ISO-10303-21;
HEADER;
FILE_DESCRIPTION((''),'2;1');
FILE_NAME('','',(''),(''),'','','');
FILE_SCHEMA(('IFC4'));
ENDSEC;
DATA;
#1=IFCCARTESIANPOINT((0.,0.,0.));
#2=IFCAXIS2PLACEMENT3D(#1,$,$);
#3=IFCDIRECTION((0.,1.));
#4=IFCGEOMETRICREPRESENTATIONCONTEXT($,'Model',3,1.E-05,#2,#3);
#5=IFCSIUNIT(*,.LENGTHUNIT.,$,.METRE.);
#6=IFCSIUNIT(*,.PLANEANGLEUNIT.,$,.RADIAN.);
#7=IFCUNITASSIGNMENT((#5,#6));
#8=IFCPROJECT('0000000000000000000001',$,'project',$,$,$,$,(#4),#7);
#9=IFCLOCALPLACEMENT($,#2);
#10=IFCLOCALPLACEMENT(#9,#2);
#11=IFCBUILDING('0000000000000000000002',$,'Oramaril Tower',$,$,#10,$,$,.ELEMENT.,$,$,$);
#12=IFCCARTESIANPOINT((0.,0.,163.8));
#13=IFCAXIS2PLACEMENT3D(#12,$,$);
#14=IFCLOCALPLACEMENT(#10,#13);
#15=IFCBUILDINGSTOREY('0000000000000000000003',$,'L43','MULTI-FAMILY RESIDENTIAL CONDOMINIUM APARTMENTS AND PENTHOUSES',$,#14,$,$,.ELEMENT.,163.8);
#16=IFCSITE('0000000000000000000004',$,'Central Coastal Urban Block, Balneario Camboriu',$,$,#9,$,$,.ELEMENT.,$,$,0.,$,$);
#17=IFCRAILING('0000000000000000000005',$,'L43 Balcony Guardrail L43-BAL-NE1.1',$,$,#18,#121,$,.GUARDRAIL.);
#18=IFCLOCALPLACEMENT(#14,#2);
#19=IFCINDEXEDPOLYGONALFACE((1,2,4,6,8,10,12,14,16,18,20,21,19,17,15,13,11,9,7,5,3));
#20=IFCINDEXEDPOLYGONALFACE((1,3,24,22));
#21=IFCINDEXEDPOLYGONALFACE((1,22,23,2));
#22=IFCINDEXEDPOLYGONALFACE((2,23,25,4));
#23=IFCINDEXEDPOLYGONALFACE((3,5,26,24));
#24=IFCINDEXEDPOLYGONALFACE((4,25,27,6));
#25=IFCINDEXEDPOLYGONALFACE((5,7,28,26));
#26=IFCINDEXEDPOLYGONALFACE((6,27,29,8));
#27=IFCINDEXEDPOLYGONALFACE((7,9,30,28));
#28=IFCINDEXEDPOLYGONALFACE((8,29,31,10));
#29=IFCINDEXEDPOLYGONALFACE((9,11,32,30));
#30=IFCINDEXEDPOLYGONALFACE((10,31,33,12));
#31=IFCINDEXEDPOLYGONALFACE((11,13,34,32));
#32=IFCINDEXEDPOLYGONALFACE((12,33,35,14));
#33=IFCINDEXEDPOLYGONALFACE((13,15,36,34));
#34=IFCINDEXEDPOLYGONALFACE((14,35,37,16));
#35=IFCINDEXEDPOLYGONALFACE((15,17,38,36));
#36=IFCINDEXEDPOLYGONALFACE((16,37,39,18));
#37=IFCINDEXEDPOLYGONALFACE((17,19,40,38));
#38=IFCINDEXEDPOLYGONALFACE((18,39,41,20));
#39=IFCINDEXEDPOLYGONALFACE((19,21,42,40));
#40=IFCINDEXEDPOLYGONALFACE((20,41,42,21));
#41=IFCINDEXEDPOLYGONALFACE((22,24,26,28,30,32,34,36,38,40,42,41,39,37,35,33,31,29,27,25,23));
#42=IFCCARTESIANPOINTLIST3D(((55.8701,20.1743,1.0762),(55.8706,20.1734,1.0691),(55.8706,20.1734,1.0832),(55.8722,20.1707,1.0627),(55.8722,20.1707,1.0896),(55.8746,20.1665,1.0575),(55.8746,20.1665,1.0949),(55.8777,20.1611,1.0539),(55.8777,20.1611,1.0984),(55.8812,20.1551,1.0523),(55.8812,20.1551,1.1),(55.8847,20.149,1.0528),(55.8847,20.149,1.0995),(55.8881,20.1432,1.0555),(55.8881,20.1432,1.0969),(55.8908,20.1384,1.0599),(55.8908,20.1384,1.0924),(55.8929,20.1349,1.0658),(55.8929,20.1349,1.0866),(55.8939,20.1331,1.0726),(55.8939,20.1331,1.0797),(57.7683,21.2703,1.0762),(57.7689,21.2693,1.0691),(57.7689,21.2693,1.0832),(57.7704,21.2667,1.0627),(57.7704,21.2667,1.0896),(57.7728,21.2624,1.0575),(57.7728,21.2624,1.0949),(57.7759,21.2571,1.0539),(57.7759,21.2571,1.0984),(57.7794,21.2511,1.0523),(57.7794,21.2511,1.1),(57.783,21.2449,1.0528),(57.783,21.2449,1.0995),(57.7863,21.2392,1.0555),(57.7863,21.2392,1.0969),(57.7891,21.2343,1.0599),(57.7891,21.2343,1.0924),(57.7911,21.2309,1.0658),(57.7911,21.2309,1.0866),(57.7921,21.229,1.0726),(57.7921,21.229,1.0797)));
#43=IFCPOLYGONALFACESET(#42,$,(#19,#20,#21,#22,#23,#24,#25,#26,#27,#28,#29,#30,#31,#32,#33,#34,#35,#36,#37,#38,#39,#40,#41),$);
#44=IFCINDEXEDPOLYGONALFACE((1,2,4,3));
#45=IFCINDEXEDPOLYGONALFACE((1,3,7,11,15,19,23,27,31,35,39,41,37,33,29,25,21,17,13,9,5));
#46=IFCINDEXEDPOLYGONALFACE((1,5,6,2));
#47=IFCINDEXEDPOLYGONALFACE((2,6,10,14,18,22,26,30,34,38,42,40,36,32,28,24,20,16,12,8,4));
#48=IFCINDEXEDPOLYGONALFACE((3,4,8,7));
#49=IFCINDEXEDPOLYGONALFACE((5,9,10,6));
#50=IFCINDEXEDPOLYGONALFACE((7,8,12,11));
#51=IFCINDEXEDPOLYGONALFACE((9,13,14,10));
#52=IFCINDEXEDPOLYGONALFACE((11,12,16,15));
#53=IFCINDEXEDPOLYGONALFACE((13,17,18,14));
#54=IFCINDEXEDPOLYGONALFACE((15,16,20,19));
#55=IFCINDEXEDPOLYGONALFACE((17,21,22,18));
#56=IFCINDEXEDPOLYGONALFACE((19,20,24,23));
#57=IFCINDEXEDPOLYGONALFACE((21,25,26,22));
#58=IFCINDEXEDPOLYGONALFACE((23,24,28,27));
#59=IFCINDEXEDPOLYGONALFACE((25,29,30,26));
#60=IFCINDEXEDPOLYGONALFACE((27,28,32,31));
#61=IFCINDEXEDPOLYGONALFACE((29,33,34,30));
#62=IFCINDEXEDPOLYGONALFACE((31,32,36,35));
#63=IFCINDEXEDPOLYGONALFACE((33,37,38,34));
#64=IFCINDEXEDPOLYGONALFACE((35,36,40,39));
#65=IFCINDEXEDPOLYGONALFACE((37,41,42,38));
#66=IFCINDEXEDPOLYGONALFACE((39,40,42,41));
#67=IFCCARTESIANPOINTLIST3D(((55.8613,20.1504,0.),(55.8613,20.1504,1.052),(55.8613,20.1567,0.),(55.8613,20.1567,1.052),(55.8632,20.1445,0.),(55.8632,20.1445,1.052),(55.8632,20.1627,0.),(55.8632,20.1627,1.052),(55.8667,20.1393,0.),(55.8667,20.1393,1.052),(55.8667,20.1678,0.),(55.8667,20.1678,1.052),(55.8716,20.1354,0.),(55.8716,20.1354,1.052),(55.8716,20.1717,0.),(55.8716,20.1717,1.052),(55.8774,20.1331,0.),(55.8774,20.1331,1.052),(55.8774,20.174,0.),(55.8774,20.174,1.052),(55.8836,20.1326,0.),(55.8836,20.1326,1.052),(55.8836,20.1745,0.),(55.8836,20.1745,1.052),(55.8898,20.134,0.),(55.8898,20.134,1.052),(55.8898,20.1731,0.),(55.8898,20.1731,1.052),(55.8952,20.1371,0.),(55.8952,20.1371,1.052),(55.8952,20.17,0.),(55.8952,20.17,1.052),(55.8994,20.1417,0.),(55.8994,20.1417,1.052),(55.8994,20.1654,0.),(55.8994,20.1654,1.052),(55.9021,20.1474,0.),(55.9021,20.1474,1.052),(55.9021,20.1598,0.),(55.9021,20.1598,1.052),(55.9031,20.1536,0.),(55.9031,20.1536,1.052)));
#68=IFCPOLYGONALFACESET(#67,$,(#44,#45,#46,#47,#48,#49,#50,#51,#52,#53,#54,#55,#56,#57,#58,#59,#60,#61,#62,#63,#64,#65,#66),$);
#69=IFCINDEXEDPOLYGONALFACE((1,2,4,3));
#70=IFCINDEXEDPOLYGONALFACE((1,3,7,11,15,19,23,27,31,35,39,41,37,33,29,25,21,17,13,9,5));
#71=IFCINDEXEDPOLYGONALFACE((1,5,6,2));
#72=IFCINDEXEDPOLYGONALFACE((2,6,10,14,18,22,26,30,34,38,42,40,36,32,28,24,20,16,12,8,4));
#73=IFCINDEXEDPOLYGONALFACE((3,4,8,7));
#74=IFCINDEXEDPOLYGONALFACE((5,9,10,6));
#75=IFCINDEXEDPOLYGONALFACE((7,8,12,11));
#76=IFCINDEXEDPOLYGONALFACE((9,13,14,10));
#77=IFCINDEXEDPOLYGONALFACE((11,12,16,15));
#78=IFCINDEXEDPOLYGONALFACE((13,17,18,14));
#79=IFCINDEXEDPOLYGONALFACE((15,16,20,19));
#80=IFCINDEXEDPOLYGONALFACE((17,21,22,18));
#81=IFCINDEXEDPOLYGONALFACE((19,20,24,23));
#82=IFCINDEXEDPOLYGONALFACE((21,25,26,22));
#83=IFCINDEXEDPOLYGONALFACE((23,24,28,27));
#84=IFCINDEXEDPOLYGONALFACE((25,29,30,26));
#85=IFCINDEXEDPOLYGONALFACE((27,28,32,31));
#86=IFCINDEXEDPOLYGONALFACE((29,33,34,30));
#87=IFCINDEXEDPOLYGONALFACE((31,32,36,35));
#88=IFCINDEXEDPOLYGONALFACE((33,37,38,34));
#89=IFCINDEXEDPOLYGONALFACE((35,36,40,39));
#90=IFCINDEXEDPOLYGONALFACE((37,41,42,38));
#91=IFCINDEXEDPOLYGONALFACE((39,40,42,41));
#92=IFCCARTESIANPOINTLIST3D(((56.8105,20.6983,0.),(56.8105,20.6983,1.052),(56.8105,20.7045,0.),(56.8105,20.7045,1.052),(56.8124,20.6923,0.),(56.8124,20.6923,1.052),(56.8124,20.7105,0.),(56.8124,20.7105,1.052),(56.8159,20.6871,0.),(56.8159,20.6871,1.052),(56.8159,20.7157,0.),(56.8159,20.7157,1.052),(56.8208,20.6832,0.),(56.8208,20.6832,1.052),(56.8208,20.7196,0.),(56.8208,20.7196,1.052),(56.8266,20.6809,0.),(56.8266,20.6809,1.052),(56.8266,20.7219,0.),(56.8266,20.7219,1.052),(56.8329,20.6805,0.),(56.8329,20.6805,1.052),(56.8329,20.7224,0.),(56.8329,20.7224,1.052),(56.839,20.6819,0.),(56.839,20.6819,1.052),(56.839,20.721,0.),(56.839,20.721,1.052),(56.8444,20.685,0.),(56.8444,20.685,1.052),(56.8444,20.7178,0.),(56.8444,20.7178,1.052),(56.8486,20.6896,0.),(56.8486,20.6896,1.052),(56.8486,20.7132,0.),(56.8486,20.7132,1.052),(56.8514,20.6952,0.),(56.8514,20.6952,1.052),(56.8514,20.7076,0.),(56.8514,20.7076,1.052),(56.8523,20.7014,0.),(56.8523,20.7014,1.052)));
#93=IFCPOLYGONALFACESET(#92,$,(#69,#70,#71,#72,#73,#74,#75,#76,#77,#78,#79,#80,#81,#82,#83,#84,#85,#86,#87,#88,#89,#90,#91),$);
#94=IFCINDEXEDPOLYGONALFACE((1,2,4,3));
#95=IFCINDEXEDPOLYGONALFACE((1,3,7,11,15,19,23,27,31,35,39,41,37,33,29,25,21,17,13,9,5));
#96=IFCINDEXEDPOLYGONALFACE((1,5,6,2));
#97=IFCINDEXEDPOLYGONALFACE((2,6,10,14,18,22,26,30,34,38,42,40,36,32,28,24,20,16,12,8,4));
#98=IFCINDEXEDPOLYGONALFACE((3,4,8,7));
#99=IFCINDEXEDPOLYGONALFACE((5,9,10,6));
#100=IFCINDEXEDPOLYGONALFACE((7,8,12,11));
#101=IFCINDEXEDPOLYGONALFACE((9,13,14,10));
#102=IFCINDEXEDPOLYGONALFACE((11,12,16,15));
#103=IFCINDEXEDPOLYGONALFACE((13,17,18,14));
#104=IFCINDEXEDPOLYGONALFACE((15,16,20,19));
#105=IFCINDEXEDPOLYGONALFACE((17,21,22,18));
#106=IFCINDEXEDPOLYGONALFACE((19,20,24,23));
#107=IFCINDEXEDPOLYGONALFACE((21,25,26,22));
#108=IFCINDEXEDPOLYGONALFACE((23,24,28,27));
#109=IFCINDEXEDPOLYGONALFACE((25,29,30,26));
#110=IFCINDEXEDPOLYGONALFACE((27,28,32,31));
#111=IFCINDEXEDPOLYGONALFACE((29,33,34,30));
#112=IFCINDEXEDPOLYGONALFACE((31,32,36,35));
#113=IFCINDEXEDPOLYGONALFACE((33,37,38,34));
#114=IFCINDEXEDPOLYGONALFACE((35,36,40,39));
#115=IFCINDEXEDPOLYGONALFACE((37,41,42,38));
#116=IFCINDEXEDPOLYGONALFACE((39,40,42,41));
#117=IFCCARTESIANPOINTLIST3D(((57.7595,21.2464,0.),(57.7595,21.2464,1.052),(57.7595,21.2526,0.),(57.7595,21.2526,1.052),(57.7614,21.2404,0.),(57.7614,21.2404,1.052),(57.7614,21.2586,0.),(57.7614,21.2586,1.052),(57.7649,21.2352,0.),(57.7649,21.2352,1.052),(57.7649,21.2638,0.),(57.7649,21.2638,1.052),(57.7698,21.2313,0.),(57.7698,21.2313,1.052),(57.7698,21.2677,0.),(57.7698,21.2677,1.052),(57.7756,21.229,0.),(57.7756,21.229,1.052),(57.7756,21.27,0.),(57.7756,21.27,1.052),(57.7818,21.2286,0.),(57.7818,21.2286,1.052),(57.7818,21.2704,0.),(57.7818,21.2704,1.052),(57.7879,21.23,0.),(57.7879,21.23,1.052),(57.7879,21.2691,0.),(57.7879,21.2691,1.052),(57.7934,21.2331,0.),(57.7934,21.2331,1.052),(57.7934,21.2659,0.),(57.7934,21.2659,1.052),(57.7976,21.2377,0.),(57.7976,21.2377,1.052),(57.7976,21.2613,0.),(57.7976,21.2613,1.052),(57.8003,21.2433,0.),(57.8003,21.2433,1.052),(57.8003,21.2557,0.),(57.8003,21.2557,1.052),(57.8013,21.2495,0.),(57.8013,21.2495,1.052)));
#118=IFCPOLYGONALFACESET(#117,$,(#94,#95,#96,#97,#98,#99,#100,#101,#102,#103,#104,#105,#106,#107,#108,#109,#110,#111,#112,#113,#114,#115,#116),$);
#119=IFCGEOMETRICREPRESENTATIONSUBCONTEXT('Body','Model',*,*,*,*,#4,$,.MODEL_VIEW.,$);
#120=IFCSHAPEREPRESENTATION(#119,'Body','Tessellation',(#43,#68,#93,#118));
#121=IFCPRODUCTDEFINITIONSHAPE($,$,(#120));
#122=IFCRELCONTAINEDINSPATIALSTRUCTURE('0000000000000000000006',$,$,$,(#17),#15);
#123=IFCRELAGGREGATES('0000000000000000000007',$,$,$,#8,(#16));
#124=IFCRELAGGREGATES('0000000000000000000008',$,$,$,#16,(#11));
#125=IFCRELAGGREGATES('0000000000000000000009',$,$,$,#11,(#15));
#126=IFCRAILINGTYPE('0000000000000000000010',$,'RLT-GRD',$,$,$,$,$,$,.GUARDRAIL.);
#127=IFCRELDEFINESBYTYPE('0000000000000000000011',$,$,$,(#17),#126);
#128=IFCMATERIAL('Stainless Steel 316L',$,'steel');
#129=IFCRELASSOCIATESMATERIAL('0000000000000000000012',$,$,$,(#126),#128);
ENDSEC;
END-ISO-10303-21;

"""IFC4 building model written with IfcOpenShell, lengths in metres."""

from ifc_helpers import new_model, si_unit, direction, frame, origin, origin_2d, place, context, subcontext, project, spatial, circle, extrude, material, type_object, element, save


model = new_model("IFC4")

# Units and contexts
model_context = context("Model", 3, precision=1e-05, world=origin(), true_north=direction((0.0, 1.0)))
body_context = subcontext(model_context, "Body", "Model", "MODEL_VIEW")
ifc_project = project(units=[si_unit("LENGTHUNIT", "METRE"), si_unit("PLANEANGLEUNIT", "RADIAN")], contexts=[model_context])

# Site, building, storey
site_placement = place(None, origin())
site = spatial("IfcSite", under=ifc_project, at=site_placement, Name="Central Coastal Urban Block, Balneario Camboriu", CompositionType="ELEMENT", RefElevation=0.0)
building_placement = place(site_placement, origin())
building = spatial("IfcBuilding", under=site, at=building_placement, Name="Oramaril Tower", CompositionType="ELEMENT")
storey_placement = place(building_placement, frame((0.0, 0.0, 163.8)))
storey = spatial("IfcBuildingStorey", under=building, at=storey_placement, Name="L43", Description="MULTI-FAMILY RESIDENTIAL CONDOMINIUM APARTMENTS AND PENTHOUSES", CompositionType="ELEMENT", Elevation=163.8)

# Railing
ifc_material_1 = material(Name="Stainless Steel 316L", Category="steel")
railing_type = type_object("IfcRailingType", Name="RLT-GRD", PredefinedType="GUARDRAIL", material=ifc_material_1)
railing_1_placement = place(storey_placement, frame((55.8821, 20.1536, 0.0)))
element("IfcRailing", 1, at=railing_1_placement, inside=storey, type_object=railing_type, Name="L43 Balcony Guardrail L43-BAL-NE1.1", PredefinedType="GUARDRAIL", context=body_context, shape_type="SweptSolid", body=[
    extrude(circle(Radius=0.0239, at=origin_2d()), frame((0.0, 0.0, 1.0762), z_axis=(0.866021, 0.500008, 0.0), x_axis=(-0.500008, 0.866021, 0.0)), (0.0, 0.0, 1.0), 2.1919),
    extrude(circle(Radius=0.021, at=origin_2d()), origin(), (0.0, 0.0, 1.0), 1.052),
    extrude(circle(Radius=0.021, at=origin_2d()), frame((0.9492, 0.5479, 0.0)), (0.0, 0.0, 1.0), 1.052),
    extrude(circle(Radius=0.021, at=origin_2d()), frame((1.8982, 1.0959, 0.0)), (0.0, 0.0, 1.0), 1.052),
])

save(model, "model.ifc")
